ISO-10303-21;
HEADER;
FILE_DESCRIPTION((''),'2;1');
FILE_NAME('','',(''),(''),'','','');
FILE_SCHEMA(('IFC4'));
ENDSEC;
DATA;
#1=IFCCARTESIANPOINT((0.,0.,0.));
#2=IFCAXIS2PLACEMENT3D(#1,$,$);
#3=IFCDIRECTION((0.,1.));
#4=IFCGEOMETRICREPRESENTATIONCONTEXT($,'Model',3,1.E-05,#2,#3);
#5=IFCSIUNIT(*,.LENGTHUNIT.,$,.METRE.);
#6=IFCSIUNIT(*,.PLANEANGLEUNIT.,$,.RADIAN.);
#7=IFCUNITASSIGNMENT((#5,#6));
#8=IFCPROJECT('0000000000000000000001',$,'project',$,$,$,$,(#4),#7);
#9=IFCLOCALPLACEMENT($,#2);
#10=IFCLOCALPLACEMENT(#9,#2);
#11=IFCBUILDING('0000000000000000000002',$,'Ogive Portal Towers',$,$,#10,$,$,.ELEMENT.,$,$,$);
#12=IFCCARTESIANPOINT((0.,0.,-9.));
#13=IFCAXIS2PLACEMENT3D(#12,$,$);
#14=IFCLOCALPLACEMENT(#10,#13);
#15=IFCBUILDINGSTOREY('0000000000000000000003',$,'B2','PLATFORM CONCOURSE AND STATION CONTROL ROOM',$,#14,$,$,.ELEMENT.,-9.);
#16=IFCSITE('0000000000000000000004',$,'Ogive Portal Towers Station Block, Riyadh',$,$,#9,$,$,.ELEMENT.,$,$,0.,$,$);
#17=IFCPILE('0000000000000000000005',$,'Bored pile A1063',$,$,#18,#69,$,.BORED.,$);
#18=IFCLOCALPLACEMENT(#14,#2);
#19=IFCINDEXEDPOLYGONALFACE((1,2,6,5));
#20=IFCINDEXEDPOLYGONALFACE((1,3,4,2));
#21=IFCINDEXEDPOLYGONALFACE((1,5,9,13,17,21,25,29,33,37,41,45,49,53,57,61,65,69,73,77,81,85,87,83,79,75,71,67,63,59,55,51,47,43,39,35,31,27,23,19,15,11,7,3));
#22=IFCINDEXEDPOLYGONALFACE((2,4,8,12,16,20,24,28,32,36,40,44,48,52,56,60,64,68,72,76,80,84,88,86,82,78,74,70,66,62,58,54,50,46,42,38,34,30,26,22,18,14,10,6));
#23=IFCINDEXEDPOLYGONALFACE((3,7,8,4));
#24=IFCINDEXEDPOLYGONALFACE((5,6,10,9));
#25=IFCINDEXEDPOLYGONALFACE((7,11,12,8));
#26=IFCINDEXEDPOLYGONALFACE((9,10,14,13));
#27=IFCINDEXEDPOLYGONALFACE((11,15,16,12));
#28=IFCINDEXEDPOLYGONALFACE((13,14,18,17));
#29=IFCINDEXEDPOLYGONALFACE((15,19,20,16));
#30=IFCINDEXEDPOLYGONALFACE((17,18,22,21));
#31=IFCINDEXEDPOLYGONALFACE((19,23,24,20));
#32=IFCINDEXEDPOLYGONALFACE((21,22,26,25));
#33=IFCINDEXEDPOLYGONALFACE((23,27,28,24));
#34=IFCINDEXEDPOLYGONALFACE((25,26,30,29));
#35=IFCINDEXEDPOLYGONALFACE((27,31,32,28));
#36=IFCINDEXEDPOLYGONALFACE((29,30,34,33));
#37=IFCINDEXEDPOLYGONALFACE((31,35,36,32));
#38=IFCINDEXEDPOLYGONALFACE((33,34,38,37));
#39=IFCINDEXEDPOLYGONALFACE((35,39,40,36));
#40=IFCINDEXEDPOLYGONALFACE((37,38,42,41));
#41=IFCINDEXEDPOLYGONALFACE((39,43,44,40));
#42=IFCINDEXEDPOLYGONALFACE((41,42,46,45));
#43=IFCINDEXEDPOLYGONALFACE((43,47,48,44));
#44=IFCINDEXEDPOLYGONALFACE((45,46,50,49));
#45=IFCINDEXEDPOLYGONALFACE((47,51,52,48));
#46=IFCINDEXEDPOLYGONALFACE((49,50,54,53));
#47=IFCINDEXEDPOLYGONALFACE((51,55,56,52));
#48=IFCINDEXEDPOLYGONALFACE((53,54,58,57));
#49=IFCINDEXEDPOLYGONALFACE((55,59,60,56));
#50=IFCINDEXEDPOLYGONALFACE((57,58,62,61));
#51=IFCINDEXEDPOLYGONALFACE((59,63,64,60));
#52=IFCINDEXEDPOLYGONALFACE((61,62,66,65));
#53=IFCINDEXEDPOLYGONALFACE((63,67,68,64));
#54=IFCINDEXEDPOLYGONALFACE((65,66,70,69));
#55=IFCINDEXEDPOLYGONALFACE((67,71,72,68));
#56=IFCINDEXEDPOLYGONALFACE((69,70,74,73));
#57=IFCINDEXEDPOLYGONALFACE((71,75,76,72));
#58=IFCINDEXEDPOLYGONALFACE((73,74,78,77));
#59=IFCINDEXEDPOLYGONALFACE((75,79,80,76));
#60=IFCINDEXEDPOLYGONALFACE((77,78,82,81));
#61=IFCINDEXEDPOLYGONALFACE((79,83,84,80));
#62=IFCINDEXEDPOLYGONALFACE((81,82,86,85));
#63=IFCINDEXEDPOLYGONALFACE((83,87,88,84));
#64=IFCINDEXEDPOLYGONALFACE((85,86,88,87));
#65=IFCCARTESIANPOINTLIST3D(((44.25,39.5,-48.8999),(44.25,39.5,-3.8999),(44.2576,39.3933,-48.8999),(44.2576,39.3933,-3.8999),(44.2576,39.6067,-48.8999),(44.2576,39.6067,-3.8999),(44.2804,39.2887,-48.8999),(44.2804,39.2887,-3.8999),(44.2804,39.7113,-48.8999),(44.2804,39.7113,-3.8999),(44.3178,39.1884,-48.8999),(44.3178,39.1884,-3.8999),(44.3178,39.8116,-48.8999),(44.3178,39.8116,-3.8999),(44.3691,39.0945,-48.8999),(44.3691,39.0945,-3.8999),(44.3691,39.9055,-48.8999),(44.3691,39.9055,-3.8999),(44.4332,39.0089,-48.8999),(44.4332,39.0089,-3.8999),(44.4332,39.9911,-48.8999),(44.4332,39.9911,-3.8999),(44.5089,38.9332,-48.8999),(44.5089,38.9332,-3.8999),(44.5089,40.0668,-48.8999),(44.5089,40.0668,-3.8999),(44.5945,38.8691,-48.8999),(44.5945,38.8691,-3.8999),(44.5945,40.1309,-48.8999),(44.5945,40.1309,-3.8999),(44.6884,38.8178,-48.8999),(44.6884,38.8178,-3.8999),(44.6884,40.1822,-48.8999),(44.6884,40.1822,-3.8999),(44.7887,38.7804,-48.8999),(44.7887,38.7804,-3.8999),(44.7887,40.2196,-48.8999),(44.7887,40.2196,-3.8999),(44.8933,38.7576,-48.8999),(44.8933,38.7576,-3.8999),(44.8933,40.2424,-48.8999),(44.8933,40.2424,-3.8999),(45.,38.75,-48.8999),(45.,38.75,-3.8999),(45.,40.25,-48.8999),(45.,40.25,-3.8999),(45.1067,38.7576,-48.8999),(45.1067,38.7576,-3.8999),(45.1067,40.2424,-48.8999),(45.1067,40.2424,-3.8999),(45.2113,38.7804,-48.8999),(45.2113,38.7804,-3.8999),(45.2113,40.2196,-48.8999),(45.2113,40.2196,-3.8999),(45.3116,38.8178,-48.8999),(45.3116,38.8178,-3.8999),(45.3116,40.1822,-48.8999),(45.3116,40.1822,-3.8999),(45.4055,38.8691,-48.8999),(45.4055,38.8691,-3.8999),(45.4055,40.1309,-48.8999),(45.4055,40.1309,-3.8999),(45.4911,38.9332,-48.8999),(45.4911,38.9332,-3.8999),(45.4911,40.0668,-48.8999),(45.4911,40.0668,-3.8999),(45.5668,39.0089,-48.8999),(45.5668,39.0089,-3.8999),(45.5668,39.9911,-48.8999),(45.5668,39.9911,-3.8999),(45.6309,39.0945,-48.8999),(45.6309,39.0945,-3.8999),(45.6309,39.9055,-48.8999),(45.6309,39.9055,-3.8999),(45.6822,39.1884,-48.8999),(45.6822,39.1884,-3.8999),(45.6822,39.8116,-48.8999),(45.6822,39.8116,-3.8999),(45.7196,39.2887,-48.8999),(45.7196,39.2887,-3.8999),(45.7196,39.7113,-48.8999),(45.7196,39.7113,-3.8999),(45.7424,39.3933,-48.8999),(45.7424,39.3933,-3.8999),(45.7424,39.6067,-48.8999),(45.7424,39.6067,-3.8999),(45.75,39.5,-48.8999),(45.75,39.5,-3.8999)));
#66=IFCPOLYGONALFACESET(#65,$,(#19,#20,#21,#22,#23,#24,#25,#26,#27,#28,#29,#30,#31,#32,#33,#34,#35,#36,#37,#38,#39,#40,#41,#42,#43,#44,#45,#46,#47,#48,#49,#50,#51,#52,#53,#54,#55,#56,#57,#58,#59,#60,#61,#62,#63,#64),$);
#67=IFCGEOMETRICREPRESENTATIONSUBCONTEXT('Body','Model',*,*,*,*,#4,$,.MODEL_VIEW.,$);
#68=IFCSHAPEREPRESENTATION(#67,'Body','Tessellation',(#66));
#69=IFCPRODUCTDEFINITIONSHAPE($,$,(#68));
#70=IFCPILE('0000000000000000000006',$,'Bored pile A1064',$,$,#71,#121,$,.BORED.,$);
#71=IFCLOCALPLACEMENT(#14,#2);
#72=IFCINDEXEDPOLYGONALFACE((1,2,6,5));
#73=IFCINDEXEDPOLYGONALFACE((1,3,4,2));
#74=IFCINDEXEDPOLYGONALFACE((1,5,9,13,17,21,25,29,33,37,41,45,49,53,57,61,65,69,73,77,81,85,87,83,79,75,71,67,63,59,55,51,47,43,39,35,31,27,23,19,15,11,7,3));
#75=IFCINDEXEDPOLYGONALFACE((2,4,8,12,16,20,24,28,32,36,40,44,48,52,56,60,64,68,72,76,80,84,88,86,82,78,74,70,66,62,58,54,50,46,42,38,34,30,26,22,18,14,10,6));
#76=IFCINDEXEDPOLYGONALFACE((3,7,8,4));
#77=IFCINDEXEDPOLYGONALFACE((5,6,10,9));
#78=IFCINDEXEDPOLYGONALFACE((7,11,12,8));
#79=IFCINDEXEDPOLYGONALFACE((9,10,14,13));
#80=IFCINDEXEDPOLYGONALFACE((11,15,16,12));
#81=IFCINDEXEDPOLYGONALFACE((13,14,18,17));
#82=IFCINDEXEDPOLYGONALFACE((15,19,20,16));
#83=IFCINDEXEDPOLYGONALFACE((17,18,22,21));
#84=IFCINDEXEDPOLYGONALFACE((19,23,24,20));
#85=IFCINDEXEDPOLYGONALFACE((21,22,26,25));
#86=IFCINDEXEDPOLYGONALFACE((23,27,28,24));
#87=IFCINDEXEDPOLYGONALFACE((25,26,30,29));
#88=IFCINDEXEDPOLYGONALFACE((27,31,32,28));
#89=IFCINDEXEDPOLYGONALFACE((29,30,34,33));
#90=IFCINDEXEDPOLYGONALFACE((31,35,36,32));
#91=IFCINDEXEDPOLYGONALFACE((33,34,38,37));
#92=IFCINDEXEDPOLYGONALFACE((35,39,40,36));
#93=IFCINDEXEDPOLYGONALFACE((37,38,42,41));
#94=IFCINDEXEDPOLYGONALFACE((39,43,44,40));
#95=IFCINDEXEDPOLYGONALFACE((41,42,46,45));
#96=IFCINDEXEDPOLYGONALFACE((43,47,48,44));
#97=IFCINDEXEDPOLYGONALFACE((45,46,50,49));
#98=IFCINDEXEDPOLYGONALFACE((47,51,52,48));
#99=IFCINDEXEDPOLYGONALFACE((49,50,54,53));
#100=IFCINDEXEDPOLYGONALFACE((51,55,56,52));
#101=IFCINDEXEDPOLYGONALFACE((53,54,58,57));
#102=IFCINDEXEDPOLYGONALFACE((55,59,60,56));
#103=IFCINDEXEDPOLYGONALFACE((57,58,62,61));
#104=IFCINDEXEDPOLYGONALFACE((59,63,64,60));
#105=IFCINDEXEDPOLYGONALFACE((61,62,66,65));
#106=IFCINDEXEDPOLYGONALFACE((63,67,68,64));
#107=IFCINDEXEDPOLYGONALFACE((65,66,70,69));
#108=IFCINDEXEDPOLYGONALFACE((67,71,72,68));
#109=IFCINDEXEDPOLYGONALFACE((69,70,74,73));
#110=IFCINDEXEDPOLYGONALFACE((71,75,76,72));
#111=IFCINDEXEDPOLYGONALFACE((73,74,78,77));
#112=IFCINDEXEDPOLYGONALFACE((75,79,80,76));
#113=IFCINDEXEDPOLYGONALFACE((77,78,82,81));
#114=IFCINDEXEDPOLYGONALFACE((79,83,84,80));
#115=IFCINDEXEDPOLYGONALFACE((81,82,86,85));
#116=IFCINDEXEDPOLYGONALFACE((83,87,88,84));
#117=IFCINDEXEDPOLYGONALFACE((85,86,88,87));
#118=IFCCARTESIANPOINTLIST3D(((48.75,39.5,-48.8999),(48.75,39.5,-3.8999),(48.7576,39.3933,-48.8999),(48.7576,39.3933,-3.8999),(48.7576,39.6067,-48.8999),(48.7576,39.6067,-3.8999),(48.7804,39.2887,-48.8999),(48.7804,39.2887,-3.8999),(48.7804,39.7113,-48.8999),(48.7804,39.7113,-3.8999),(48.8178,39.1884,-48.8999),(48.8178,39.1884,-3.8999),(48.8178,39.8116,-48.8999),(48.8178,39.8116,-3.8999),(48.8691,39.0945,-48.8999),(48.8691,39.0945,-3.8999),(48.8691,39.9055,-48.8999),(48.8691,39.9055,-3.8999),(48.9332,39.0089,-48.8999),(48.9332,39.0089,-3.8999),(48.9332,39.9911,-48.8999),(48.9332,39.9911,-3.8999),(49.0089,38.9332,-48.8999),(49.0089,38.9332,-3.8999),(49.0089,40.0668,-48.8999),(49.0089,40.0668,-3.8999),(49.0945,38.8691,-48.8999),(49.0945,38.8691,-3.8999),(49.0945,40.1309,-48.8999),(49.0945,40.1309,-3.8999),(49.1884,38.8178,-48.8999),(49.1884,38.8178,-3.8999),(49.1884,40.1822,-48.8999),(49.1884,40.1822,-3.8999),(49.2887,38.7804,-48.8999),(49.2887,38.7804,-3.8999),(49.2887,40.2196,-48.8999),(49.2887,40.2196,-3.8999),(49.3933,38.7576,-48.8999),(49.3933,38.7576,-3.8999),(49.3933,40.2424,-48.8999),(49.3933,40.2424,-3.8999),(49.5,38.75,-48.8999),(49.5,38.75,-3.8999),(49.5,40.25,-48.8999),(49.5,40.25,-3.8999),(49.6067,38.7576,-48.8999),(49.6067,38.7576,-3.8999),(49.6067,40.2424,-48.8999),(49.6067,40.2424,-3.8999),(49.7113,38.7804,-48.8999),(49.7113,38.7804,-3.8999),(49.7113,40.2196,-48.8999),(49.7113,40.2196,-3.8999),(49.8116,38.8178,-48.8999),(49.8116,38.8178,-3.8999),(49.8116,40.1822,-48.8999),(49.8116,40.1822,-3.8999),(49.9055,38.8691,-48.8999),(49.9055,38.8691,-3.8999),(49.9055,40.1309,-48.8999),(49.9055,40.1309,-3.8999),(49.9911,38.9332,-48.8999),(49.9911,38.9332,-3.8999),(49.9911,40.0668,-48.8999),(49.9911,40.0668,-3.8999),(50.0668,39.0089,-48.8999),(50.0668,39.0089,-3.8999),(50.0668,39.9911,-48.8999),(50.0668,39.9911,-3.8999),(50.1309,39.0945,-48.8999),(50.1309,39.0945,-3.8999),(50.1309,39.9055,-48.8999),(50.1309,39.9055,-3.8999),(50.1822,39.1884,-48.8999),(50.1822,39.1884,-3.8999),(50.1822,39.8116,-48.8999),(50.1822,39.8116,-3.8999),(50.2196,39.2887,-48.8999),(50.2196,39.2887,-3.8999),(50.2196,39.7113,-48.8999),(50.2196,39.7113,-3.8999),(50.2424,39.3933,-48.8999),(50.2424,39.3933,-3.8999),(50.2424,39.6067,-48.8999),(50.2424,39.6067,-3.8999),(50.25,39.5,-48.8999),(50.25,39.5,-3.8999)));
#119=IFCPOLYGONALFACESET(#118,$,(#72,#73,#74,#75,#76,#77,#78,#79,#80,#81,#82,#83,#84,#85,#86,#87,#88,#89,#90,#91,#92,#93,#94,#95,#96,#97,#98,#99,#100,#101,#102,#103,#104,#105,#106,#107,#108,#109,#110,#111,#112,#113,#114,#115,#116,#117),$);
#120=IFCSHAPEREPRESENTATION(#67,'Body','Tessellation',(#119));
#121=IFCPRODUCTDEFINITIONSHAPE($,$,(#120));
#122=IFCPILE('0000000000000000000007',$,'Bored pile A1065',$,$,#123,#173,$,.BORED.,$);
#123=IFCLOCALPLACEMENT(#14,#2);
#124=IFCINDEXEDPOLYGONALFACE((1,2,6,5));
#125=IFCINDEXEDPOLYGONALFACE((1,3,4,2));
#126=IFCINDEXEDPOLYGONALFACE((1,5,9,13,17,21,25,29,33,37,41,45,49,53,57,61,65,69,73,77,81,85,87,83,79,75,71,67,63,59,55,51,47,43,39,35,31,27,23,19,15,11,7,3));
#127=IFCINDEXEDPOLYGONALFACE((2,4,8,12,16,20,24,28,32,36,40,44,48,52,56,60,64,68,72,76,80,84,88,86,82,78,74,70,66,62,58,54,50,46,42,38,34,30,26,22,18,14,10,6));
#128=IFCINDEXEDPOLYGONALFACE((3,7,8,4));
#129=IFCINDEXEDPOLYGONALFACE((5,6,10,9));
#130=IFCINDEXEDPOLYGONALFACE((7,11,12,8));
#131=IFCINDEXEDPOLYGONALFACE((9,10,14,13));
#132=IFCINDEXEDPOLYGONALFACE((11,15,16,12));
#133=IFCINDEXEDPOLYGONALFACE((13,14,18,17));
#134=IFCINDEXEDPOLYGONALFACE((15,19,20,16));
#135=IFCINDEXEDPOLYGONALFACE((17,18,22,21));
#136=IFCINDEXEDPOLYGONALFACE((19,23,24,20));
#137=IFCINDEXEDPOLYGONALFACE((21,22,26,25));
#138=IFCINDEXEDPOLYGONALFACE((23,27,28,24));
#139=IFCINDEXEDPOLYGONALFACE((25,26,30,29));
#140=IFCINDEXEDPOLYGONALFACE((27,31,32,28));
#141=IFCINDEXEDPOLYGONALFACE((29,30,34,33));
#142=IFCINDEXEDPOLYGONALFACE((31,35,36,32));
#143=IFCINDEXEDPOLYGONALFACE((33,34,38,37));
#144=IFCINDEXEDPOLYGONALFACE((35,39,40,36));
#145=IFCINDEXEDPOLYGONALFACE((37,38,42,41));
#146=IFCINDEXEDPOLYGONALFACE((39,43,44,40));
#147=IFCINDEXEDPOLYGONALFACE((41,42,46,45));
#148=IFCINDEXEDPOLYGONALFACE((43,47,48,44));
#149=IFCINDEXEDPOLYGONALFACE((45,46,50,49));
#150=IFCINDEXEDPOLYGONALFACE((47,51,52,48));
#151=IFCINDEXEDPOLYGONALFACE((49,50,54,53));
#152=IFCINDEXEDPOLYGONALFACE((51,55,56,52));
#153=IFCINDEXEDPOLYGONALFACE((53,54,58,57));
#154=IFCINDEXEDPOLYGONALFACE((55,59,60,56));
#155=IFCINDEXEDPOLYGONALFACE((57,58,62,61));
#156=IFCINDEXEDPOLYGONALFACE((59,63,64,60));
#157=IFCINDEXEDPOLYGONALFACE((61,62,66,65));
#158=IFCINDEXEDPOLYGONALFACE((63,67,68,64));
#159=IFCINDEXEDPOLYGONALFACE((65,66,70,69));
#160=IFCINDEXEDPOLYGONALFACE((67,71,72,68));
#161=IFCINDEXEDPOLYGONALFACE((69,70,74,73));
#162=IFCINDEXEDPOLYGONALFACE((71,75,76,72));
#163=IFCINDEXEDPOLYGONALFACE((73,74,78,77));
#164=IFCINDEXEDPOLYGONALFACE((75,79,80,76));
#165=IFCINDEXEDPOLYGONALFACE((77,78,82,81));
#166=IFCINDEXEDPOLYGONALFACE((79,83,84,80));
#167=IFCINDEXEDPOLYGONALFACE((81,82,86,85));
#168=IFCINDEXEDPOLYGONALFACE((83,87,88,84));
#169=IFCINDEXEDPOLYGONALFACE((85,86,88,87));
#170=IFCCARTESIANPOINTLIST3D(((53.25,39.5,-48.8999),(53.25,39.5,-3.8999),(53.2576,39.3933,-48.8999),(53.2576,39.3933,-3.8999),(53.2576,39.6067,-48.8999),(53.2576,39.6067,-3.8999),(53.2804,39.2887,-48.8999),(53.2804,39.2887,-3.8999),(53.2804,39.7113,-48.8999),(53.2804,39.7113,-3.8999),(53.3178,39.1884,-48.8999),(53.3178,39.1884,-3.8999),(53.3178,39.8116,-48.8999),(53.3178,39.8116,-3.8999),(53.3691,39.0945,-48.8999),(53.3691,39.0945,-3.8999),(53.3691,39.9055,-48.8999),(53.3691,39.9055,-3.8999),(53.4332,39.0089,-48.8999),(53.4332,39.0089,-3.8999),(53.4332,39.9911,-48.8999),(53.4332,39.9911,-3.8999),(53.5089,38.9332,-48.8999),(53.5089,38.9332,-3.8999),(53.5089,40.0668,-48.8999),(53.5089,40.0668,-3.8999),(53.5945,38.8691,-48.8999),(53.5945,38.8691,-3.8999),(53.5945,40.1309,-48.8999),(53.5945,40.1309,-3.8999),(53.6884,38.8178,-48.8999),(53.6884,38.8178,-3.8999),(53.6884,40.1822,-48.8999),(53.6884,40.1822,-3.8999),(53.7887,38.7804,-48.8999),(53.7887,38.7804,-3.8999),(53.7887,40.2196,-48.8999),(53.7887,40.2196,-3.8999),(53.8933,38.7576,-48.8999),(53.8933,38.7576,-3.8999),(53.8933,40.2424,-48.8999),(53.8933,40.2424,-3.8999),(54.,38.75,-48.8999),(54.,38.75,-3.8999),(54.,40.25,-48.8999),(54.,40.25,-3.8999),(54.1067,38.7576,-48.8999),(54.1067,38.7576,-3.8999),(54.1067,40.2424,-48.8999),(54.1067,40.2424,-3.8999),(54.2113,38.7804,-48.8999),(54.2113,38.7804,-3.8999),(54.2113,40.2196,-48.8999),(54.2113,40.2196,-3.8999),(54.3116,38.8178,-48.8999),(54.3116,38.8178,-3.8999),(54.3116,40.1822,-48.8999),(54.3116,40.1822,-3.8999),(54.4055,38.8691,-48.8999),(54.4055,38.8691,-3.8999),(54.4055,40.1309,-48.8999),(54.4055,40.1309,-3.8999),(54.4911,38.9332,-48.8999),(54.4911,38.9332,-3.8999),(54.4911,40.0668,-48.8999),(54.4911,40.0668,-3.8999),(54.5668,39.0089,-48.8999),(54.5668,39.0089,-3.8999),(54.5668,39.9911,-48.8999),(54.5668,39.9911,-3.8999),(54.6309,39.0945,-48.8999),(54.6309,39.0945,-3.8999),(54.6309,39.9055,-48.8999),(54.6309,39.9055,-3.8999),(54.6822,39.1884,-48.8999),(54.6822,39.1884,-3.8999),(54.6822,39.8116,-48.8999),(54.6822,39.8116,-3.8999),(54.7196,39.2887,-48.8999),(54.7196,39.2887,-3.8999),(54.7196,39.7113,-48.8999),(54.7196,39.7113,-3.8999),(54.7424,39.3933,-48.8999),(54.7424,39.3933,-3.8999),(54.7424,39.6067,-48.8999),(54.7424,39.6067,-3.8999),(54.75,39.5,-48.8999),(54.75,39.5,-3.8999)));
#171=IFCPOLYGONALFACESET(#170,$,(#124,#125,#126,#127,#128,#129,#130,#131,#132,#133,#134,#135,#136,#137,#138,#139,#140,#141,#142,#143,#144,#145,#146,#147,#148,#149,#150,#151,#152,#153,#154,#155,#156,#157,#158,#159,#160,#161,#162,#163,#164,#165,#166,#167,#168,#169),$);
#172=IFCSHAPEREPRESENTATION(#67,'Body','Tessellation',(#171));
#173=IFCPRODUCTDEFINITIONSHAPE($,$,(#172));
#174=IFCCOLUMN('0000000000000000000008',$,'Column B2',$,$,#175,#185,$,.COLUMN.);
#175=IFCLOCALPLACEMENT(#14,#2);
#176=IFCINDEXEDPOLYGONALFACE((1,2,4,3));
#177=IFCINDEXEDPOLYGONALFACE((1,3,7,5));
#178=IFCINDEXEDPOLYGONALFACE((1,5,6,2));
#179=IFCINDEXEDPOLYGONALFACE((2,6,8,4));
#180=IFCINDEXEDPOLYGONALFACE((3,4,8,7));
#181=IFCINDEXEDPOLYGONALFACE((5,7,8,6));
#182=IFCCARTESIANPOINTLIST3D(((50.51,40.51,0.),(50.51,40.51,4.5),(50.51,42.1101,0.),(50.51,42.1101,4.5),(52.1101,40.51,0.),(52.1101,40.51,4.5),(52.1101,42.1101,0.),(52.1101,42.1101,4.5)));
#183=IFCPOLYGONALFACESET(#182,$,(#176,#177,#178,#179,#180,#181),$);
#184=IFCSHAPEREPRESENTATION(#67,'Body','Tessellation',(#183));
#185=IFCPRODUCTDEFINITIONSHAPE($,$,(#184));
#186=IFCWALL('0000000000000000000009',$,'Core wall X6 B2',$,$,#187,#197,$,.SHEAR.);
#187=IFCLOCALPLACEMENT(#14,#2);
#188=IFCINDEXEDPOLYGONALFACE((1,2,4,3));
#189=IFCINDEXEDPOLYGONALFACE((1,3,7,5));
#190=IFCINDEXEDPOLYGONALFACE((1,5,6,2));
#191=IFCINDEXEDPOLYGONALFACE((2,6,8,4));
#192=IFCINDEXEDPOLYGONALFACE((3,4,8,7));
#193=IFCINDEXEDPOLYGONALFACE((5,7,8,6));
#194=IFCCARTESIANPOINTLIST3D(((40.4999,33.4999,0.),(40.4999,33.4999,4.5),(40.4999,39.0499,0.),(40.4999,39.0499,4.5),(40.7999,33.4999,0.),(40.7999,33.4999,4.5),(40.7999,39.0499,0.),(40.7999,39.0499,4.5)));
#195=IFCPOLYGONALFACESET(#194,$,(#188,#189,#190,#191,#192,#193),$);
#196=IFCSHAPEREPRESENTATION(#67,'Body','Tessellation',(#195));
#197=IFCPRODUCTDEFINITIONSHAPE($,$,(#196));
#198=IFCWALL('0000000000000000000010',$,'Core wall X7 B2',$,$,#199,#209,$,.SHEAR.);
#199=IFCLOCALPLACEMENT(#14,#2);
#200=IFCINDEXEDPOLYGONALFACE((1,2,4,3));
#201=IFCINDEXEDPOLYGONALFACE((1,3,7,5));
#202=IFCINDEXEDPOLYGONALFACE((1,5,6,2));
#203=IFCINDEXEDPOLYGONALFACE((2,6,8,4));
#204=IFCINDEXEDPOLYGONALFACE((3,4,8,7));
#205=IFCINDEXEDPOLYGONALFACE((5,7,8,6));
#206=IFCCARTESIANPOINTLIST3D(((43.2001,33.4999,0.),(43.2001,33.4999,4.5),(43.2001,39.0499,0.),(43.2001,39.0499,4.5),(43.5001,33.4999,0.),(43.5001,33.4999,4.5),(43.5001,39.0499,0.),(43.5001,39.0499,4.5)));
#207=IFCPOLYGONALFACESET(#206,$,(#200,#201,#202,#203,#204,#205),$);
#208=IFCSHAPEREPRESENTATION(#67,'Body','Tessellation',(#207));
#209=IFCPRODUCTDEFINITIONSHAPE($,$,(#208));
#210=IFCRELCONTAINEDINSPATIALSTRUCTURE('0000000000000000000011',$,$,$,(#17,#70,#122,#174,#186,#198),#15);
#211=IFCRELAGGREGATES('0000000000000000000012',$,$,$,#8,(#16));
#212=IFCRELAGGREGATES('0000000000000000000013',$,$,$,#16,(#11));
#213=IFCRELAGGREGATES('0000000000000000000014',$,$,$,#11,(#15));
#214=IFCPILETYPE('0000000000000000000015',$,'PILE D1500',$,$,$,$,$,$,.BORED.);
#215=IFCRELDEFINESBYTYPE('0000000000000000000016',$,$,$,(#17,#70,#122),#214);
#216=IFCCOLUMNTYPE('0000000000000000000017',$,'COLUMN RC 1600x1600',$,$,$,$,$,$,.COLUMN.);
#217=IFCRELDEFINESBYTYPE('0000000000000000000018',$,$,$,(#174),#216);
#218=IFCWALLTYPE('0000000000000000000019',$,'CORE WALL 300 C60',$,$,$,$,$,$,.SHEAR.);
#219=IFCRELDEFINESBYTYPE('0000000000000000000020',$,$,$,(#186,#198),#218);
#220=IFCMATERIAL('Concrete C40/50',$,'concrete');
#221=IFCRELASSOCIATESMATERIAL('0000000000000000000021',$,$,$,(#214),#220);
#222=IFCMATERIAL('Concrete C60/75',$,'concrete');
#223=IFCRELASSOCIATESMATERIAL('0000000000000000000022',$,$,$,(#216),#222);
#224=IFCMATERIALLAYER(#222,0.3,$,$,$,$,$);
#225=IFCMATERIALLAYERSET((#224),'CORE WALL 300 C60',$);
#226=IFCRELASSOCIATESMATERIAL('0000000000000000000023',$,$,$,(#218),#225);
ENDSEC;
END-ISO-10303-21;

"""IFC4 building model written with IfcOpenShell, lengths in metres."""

from ifc_helpers import new_model, si_unit, direction, frame, frame_2d, origin, origin_2d, place, context, subcontext, project, spatial, rectangle, circle, extrude, material, layer, layer_set, material_profile, profile_set, type_object, element, save


model = new_model("IFC4")

# Units and contexts
model_context = context("Model", 3, precision=1e-05, world=origin(), true_north=direction((0.0, 1.0)))
body_context = subcontext(model_context, "Body", "Model", "MODEL_VIEW")
ifc_project = project(units=[si_unit("LENGTHUNIT", "METRE"), si_unit("PLANEANGLEUNIT", "RADIAN")], contexts=[model_context])

# Site, building, storey
site_placement = place(None, origin())
site = spatial("IfcSite", under=ifc_project, at=site_placement, Name="Ogive Portal Towers Station Block, Riyadh", CompositionType="ELEMENT", RefElevation=0.0)
building_placement = place(site_placement, origin())
building = spatial("IfcBuilding", under=site, at=building_placement, Name="Ogive Portal Towers", CompositionType="ELEMENT")
storey_placement = place(building_placement, frame((0.0, 0.0, -9.0)))
storey = spatial("IfcBuildingStorey", under=building, at=storey_placement, Name="B2", Description="PLATFORM CONCOURSE AND STATION CONTROL ROOM", CompositionType="ELEMENT", Elevation=-9.0)

# Piles
ifc_material_1 = material(Name="Concrete C40/50", Category="concrete")
ifc_material_profile_1 = material_profile(ifc_material_1, circle(Radius=0.75, at=origin_2d()), Name="PILE D1500")
ifc_profile_set_1 = profile_set([ifc_material_profile_1], Name="Concrete C40/50")
pile_type = type_object("IfcPileType", Name="PILE D1500", PredefinedType="BORED", material=ifc_profile_set_1)
for number, where, z_axis, x_axis, name in (
    (1, (45.0, 39.5, -3.8999), (0.0, 0.0, -1.0), (1.0, 0.0, 0.0), "Bored pile A1063"),
    (2, (49.5, 39.5, -3.8999), (0.0, 0.0, -1.0), (1.0, 0.0, 0.0), "Bored pile A1064"),
    (3, (54.0, 39.5, -3.8999), (0.0, 0.0, -1.0), (1.0, 0.0, 0.0), "Bored pile A1065"),
):
    element("IfcPile", number, at=place(storey_placement, frame(where, z_axis=z_axis, x_axis=x_axis)), inside=storey, type_object=pile_type, Name=name, PredefinedType="BORED", context=body_context, shape_type="SweptSolid", body=[
        extrude(circle(Radius=0.75, at=origin_2d()), origin(), (0.0, 0.0, 1.0), 45.0),
    ])

# Column
ifc_material_2 = material(Name="Concrete C60/75", Category="concrete")
ifc_material_profile_2 = material_profile(ifc_material_2, rectangle(XDim=1.6001, YDim=1.6001, at=origin_2d()), Name="RC 1600x1600")
ifc_profile_set_2 = profile_set([ifc_material_profile_2], Name="Concrete C60/75")
column_type = type_object("IfcColumnType", Name="COLUMN RC 1600x1600", PredefinedType="COLUMN", material=ifc_profile_set_2)
column_placement = place(storey_placement, frame((51.3101, 41.3101, 0.0), z_axis=(0.0, 0.0, 1.0), x_axis=(1.0, 0.0, 0.0)))
element("IfcColumn", 4, at=column_placement, inside=storey, type_object=column_type, Name="Column B2", PredefinedType="COLUMN", context=body_context, shape_type="SweptSolid", body=[
    extrude(rectangle(XDim=1.6001, YDim=1.6001, at=origin_2d()), origin(), (0.0, 0.0, 1.0), 4.5),
])

# Shared definitions
ifc_layer_1 = layer(ifc_material_2, 0.3)
ifc_layer_set_1 = layer_set([ifc_layer_1], Name="CORE WALL 300 C60")
wall_type_1 = type_object("IfcWallType", Name="CORE WALL 300 C60", PredefinedType="SHEAR", material=ifc_layer_set_1)

# Walls
for number, where, z_axis, x_axis, name in (
    (5, (40.6499, 33.5, 0.0), (0.0, 0.0, 1.0), (0.0, 1.0, 0.0), "Core wall X6 B2"),
    (6, (43.3501, 33.5, 0.0), (0.0, 0.0, 1.0), (0.0, 1.0, 0.0), "Core wall X7 B2"),
):
    element("IfcWall", number, at=place(storey_placement, frame(where, z_axis=z_axis, x_axis=x_axis)), inside=storey, type_object=wall_type_1, Name=name, PredefinedType="SHEAR", context=body_context, shape_type="SweptSolid", body=[
        extrude(rectangle(XDim=5.55, YDim=0.3, at=frame_2d((2.7749, 0.0))), origin(), (0.0, 0.0, 1.0), 4.5),
    ])

save(model, "model.ifc")
